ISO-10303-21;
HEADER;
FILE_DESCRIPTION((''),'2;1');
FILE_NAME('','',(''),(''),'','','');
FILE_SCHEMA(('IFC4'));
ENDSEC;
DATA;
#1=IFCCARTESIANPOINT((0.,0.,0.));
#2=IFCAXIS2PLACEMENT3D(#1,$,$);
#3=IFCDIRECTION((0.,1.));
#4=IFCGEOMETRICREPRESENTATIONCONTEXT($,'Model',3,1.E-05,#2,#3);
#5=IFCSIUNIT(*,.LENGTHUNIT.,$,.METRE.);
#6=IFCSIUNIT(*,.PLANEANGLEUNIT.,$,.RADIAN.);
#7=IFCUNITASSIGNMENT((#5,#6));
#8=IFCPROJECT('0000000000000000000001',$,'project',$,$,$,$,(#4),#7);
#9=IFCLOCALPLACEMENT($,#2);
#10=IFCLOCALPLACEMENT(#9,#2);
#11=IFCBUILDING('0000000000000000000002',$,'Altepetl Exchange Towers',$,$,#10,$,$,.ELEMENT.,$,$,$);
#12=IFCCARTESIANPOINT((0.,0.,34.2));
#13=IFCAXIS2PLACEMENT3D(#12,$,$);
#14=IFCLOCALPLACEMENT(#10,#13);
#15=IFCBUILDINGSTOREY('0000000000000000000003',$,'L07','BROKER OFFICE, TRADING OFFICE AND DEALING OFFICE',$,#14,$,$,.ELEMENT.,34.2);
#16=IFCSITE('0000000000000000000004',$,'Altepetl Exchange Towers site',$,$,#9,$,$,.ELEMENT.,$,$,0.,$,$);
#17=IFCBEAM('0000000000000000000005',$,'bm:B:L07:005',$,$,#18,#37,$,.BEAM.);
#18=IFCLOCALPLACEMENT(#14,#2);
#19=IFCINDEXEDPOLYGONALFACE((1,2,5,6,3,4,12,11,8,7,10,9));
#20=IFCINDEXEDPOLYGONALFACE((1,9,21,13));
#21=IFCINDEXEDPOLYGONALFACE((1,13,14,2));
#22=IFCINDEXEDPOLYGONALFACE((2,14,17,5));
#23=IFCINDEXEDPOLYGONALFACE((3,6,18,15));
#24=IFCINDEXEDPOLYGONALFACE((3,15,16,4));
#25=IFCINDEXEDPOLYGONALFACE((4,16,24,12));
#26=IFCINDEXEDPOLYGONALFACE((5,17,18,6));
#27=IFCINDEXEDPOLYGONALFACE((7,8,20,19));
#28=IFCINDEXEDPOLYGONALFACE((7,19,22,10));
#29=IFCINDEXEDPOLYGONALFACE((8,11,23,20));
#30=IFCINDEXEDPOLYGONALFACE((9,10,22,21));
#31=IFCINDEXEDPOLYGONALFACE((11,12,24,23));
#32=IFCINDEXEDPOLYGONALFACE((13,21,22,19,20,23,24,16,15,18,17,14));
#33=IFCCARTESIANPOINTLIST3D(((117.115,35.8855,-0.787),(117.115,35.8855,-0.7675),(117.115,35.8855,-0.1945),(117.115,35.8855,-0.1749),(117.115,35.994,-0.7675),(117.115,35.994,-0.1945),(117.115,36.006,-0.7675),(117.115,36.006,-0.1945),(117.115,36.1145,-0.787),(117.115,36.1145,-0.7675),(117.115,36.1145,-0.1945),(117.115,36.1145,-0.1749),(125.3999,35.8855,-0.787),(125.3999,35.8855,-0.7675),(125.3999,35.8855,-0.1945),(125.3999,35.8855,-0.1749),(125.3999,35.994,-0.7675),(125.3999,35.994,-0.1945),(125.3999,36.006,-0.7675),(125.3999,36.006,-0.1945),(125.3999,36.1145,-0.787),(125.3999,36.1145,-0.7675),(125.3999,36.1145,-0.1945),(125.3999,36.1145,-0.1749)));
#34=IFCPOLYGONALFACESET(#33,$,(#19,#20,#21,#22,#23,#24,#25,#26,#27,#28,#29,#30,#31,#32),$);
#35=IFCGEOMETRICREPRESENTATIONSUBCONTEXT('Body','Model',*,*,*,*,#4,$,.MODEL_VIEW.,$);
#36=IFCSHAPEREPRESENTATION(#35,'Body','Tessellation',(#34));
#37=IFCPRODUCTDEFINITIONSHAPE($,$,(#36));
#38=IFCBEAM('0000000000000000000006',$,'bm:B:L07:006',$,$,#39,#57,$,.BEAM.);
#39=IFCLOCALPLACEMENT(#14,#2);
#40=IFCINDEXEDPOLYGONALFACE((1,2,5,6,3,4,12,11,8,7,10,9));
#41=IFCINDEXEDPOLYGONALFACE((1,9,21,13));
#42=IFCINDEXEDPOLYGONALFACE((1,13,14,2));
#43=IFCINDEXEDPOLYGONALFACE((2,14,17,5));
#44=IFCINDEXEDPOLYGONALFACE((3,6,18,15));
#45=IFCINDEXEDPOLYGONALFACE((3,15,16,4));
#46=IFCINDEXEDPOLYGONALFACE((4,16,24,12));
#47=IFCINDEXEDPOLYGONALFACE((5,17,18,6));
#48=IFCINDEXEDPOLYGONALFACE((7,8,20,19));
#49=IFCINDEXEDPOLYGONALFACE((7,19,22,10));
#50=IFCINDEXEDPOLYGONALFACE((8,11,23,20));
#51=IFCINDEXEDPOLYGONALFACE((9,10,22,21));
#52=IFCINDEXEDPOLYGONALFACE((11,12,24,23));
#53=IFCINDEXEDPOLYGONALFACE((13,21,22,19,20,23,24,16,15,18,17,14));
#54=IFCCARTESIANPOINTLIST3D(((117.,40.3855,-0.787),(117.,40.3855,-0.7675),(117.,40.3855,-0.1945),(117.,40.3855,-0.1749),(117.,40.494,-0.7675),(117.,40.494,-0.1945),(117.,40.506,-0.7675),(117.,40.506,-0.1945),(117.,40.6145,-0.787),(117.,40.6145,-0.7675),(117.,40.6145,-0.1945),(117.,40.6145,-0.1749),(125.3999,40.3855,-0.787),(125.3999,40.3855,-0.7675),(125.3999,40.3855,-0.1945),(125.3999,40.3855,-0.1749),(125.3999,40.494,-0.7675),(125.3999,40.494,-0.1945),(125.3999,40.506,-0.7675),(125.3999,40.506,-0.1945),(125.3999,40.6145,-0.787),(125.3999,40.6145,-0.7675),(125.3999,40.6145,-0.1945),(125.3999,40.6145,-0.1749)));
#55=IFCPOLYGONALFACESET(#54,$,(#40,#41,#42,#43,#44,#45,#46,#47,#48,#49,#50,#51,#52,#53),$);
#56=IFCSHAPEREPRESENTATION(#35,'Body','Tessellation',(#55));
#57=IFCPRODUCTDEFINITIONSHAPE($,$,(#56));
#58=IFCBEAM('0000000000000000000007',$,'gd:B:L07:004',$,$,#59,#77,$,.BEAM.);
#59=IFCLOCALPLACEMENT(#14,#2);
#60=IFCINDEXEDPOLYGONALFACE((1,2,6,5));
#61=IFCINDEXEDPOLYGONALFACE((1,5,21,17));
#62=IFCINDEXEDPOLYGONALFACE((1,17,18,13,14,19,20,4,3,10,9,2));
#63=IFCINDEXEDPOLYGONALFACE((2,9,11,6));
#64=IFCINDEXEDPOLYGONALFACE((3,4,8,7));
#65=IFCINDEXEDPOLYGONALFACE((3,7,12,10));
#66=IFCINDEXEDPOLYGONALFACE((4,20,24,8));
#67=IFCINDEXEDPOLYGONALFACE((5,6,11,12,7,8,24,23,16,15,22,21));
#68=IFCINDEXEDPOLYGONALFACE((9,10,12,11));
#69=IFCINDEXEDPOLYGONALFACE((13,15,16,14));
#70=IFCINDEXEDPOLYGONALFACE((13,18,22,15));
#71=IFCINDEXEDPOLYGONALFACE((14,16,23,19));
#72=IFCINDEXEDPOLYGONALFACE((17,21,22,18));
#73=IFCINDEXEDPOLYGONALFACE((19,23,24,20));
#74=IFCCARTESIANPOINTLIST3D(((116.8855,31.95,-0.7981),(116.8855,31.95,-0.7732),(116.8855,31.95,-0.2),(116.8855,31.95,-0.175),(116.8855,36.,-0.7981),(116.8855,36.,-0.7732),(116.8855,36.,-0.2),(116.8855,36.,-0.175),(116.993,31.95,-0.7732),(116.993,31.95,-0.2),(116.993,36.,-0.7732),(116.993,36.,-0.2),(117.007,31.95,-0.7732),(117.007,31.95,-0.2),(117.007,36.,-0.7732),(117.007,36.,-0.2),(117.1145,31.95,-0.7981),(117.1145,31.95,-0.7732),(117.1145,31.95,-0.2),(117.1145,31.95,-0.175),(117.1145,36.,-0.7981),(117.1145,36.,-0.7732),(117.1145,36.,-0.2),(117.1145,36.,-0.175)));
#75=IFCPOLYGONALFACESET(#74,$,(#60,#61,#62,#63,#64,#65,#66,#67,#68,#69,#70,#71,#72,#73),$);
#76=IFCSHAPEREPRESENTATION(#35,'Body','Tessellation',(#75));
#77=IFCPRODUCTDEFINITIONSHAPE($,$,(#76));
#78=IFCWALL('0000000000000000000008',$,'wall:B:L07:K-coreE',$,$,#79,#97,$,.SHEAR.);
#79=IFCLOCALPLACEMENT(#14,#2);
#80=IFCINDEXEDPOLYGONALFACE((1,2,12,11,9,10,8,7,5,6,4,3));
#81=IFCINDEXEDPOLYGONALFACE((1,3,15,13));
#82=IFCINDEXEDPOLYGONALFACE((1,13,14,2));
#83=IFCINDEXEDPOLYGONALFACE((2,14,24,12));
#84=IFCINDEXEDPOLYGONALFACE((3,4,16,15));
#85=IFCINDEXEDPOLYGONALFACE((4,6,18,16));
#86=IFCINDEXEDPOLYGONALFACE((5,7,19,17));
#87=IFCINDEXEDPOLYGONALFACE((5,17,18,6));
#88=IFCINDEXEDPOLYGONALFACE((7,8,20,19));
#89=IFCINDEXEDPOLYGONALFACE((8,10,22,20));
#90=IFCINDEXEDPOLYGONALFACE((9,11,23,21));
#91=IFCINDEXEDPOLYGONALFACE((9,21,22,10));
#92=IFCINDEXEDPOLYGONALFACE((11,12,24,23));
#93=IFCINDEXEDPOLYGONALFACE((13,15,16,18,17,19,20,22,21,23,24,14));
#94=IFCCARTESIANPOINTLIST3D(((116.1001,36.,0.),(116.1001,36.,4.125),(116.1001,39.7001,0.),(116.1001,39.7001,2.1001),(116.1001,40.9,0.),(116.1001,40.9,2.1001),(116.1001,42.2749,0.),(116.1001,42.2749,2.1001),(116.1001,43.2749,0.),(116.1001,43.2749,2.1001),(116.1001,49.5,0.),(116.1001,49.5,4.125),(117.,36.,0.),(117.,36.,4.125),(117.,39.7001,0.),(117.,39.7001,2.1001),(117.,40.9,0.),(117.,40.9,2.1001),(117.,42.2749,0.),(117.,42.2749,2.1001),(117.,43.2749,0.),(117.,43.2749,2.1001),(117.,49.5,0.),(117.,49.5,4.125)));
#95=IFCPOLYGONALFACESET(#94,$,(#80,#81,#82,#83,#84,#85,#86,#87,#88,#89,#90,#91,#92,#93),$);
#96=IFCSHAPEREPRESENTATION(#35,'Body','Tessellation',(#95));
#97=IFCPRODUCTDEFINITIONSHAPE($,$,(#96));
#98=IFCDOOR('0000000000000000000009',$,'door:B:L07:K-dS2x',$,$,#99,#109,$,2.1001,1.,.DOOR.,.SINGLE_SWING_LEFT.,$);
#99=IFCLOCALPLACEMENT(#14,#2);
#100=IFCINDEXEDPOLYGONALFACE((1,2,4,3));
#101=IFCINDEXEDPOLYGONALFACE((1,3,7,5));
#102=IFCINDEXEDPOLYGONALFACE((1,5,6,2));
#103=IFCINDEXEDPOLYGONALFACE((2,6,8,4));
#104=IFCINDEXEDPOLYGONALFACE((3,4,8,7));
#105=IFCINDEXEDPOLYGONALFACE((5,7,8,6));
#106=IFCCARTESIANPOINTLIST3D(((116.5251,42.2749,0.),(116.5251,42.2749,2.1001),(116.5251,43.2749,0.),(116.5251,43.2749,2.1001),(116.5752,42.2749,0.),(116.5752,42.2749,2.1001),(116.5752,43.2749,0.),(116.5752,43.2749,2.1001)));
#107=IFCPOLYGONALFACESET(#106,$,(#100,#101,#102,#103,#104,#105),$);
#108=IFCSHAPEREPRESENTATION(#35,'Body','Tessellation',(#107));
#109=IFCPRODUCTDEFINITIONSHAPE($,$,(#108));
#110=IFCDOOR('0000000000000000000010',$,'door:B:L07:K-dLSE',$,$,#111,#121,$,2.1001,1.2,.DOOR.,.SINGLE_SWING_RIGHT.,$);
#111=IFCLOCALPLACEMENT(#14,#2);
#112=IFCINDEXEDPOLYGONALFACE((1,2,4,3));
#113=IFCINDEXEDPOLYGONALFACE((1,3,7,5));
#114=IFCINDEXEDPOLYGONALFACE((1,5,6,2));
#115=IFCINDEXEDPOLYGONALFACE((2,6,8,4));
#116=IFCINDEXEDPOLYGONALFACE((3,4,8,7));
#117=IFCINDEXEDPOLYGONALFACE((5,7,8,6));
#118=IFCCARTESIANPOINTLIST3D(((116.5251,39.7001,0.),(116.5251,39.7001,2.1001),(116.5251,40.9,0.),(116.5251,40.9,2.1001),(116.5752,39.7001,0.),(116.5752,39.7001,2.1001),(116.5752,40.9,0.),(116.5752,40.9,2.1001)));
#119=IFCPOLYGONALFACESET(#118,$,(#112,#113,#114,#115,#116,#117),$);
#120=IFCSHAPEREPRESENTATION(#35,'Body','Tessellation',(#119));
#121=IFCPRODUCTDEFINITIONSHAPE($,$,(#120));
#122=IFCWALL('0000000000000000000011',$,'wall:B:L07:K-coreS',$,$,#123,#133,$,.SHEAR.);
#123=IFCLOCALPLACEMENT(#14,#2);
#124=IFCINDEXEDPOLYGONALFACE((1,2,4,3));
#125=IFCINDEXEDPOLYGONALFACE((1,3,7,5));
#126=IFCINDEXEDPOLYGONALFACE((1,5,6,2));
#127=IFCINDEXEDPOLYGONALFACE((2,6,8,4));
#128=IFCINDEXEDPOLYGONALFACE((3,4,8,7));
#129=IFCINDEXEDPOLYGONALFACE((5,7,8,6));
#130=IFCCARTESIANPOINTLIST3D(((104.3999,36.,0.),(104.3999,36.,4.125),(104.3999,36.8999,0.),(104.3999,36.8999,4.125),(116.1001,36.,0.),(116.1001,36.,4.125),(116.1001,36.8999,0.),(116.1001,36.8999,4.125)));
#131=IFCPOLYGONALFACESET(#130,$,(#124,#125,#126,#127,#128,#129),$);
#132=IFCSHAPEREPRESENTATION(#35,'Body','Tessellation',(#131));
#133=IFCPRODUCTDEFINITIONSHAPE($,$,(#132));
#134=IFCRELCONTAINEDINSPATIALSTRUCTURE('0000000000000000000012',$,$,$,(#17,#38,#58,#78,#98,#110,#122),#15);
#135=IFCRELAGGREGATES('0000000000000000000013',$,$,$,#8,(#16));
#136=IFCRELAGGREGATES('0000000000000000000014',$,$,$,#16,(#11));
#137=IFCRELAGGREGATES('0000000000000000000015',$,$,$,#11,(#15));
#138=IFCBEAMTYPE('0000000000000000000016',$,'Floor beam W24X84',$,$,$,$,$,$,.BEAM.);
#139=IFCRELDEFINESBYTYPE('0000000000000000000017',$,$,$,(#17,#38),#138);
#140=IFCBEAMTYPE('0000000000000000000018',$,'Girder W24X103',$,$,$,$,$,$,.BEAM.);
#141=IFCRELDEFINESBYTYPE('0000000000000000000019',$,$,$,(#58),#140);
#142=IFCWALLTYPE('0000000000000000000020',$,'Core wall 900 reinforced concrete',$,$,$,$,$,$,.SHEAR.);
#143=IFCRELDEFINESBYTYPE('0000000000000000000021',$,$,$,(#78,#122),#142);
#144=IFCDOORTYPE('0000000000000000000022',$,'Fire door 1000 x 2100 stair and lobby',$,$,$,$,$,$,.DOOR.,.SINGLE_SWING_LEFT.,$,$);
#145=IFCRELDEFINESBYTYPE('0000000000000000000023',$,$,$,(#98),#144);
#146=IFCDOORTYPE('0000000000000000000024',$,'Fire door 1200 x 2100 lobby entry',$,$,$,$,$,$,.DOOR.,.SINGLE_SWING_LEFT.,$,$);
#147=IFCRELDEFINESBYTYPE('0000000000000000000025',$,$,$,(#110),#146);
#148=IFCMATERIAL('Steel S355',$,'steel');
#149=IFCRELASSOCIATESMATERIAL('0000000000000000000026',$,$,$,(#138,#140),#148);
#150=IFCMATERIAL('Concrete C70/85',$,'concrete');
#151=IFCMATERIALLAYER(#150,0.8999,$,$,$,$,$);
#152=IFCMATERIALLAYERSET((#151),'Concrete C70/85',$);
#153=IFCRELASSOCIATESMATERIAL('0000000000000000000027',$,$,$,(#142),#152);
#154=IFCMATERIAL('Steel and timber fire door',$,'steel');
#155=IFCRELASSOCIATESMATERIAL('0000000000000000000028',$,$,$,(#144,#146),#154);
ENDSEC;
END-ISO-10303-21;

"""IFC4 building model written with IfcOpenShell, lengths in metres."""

from ifc_helpers import new_model, si_unit, direction, frame, frame_2d, origin, origin_2d, place, context, subcontext, project, spatial, rectangle, i_section, extrude, material, layer, layer_set, material_profile, profile_set, type_object, element, fill, save


model = new_model("IFC4")

# Units and contexts
model_context = context("Model", 3, precision=1e-05, world=origin(), true_north=direction((0.0, 1.0)))
body_context = subcontext(model_context, "Body", "Model", "MODEL_VIEW")
ifc_project = project(units=[si_unit("LENGTHUNIT", "METRE"), si_unit("PLANEANGLEUNIT", "RADIAN")], contexts=[model_context])

# Site, building, storey
site_placement = place(None, origin())
site = spatial("IfcSite", under=ifc_project, at=site_placement, Name="Altepetl Exchange Towers site", CompositionType="ELEMENT", RefElevation=0.0)
building_placement = place(site_placement, origin())
building = spatial("IfcBuilding", under=site, at=building_placement, Name="Altepetl Exchange Towers", CompositionType="ELEMENT")
storey_placement = place(building_placement, frame((0.0, 0.0, 34.2)))
storey = spatial("IfcBuildingStorey", under=building, at=storey_placement, Name="L07", Description="BROKER OFFICE, TRADING OFFICE AND DEALING OFFICE", CompositionType="ELEMENT", Elevation=34.2)

# Beams
ifc_material_1 = material(Name="Steel S355", Category="steel")
ifc_material_profile_1 = material_profile(ifc_material_1, i_section(OverallWidth=0.229, OverallDepth=0.6121, WebThickness=0.012, FlangeThickness=0.0195, at=origin_2d()), Name="W24X84")
ifc_profile_set_1 = profile_set([ifc_material_profile_1], Name="Steel S355")
beam_type_1 = type_object("IfcBeamType", Name="Floor beam W24X84", PredefinedType="BEAM", material=ifc_profile_set_1)
beam_1_placement = place(storey_placement, frame((117.115, 36.0, -0.481), z_axis=(1.0, 0.0, 0.0), x_axis=(0.0, 1.0, 0.0)))
element("IfcBeam", 1, at=beam_1_placement, inside=storey, type_object=beam_type_1, Name="bm:B:L07:005", PredefinedType="BEAM", context=body_context, shape_type="SweptSolid", body=[
    extrude(i_section(OverallWidth=0.229, OverallDepth=0.6121, WebThickness=0.012, FlangeThickness=0.0195, at=origin_2d()), origin(), (0.0, 0.0, 1.0), 8.2849),
])
beam_2_placement = place(storey_placement, frame((117.0, 40.5, -0.481), z_axis=(1.0, 0.0, 0.0), x_axis=(0.0, 1.0, 0.0)))
element("IfcBeam", 2, at=beam_2_placement, inside=storey, type_object=beam_type_1, Name="bm:B:L07:006", PredefinedType="BEAM", context=body_context, shape_type="SweptSolid", body=[
    extrude(i_section(OverallWidth=0.229, OverallDepth=0.6121, WebThickness=0.012, FlangeThickness=0.0195, at=origin_2d()), origin(), (0.0, 0.0, 1.0), 8.3999),
])
ifc_material_profile_2 = material_profile(ifc_material_1, i_section(OverallWidth=0.229, OverallDepth=0.623, WebThickness=0.0139, FlangeThickness=0.0249, at=origin_2d()), Name="W24X103")
ifc_profile_set_2 = profile_set([ifc_material_profile_2], Name="Steel S355")
beam_type_2 = type_object("IfcBeamType", Name="Girder W24X103", PredefinedType="BEAM", material=ifc_profile_set_2)
beam_3_placement = place(storey_placement, frame((117.0, 36.0, -0.4866), z_axis=(0.0, -1.0, 0.0), x_axis=(1.0, 0.0, 0.0)))
element("IfcBeam", 3, at=beam_3_placement, inside=storey, type_object=beam_type_2, Name="gd:B:L07:004", PredefinedType="BEAM", context=body_context, shape_type="SweptSolid", body=[
    extrude(i_section(OverallWidth=0.229, OverallDepth=0.623, WebThickness=0.0139, FlangeThickness=0.0249, at=origin_2d()), origin(), (0.0, 0.0, 1.0), 4.05),
])

# Wall, openings, doors
ifc_material_2 = material(Name="Concrete C70/85", Category="concrete")
ifc_layer_1 = layer(ifc_material_2, 0.8999)
ifc_layer_set_1 = layer_set([ifc_layer_1], Name="Concrete C70/85")
wall_type_1 = type_object("IfcWallType", Name="Core wall 900 reinforced concrete", PredefinedType="SHEAR", material=ifc_layer_set_1)
wall_1_placement = place(storey_placement, frame((116.55, 36.0, 0.0), z_axis=(0.0, 0.0, 1.0), x_axis=(0.0, 1.0, 0.0)))
wall_1 = element("IfcWall", 4, at=wall_1_placement, inside=storey, type_object=wall_type_1, Name="wall:B:L07:K-coreE", PredefinedType="SHEAR", context=body_context, shape_type="SweptSolid", body=[
    extrude(rectangle(XDim=13.5, YDim=0.8999, at=frame_2d((6.75, 0.0))), origin(), (0.0, 0.0, 1.0), 4.125),
])
opening_1_placement = place(wall_1_placement, frame((3.7, 0.0, 0.0)))
opening_1 = element("IfcOpeningElement", 5, at=opening_1_placement, cuts=wall_1, PredefinedType="OPENING", context=body_context, shape_type="SweptSolid", body=[
    extrude(rectangle(XDim=1.2, YDim=2.1001, at=frame_2d((0.6001, 1.05))), frame((0.0, 0.46, 0.0), z_axis=(0.0, -1.0, 0.0), x_axis=(1.0, 0.0, 0.0)), (0.0, 0.0, 1.0), 0.9199),
])
opening_2_placement = place(wall_1_placement, frame((6.2749, 0.0, 0.0)))
opening_2 = element("IfcOpeningElement", 6, at=opening_2_placement, cuts=wall_1, PredefinedType="OPENING", context=body_context, shape_type="SweptSolid", body=[
    extrude(rectangle(XDim=1.0, YDim=2.1001, at=frame_2d((0.5, 1.05))), frame((0.0, 0.46, 0.0), z_axis=(0.0, -1.0, 0.0), x_axis=(1.0, 0.0, 0.0)), (0.0, 0.0, 1.0), 0.9199),
])
ifc_material_3 = material(Name="Steel and timber fire door", Category="steel")
door_type_1 = type_object("IfcDoorType", Name="Fire door 1000 x 2100 stair and lobby", OperationType="SINGLE_SWING_LEFT", PredefinedType="DOOR", material=ifc_material_3)
door_1_placement = place(opening_2_placement, origin())
door_1 = element("IfcDoor", 7, at=door_1_placement, inside=storey, type_object=door_type_1, Name="door:B:L07:K-dS2x", OperationType="SINGLE_SWING_LEFT", OverallHeight=2.1001, OverallWidth=1.0, PredefinedType="DOOR", context=body_context, shape_type="SweptSolid", body=[
    extrude(rectangle(XDim=1.0, YDim=2.1001, at=frame_2d((0.5, 1.05))), frame((0.0, 0.0249, 0.0), z_axis=(0.0, -1.0, 0.0), x_axis=(1.0, 0.0, 0.0)), (0.0, 0.0, 1.0), 0.05),
])
fill(opening_2, door_1)
door_type_2 = type_object("IfcDoorType", Name="Fire door 1200 x 2100 lobby entry", OperationType="SINGLE_SWING_LEFT", PredefinedType="DOOR", material=ifc_material_3)
door_2_placement = place(opening_1_placement, origin())
door_2 = element("IfcDoor", 8, at=door_2_placement, inside=storey, type_object=door_type_2, Name="door:B:L07:K-dLSE", OperationType="SINGLE_SWING_RIGHT", OverallHeight=2.1001, OverallWidth=1.2, PredefinedType="DOOR", context=body_context, shape_type="SweptSolid", body=[
    extrude(rectangle(XDim=1.2, YDim=2.1001, at=frame_2d((0.6001, 1.05))), frame((0.0, 0.0249, 0.0), z_axis=(0.0, -1.0, 0.0), x_axis=(1.0, 0.0, 0.0)), (0.0, 0.0, 1.0), 0.05),
])
fill(opening_1, door_2)

# Wall
wall_2_placement = place(storey_placement, frame((104.3999, 36.45, 0.0)))
element("IfcWall", 9, at=wall_2_placement, inside=storey, type_object=wall_type_1, Name="wall:B:L07:K-coreS", PredefinedType="SHEAR", context=body_context, shape_type="SweptSolid", body=[
    extrude(rectangle(XDim=11.7002, YDim=0.8999, at=frame_2d((5.8501, 0.0))), origin(), (0.0, 0.0, 1.0), 4.125),
])

save(model, "model.ifc")
